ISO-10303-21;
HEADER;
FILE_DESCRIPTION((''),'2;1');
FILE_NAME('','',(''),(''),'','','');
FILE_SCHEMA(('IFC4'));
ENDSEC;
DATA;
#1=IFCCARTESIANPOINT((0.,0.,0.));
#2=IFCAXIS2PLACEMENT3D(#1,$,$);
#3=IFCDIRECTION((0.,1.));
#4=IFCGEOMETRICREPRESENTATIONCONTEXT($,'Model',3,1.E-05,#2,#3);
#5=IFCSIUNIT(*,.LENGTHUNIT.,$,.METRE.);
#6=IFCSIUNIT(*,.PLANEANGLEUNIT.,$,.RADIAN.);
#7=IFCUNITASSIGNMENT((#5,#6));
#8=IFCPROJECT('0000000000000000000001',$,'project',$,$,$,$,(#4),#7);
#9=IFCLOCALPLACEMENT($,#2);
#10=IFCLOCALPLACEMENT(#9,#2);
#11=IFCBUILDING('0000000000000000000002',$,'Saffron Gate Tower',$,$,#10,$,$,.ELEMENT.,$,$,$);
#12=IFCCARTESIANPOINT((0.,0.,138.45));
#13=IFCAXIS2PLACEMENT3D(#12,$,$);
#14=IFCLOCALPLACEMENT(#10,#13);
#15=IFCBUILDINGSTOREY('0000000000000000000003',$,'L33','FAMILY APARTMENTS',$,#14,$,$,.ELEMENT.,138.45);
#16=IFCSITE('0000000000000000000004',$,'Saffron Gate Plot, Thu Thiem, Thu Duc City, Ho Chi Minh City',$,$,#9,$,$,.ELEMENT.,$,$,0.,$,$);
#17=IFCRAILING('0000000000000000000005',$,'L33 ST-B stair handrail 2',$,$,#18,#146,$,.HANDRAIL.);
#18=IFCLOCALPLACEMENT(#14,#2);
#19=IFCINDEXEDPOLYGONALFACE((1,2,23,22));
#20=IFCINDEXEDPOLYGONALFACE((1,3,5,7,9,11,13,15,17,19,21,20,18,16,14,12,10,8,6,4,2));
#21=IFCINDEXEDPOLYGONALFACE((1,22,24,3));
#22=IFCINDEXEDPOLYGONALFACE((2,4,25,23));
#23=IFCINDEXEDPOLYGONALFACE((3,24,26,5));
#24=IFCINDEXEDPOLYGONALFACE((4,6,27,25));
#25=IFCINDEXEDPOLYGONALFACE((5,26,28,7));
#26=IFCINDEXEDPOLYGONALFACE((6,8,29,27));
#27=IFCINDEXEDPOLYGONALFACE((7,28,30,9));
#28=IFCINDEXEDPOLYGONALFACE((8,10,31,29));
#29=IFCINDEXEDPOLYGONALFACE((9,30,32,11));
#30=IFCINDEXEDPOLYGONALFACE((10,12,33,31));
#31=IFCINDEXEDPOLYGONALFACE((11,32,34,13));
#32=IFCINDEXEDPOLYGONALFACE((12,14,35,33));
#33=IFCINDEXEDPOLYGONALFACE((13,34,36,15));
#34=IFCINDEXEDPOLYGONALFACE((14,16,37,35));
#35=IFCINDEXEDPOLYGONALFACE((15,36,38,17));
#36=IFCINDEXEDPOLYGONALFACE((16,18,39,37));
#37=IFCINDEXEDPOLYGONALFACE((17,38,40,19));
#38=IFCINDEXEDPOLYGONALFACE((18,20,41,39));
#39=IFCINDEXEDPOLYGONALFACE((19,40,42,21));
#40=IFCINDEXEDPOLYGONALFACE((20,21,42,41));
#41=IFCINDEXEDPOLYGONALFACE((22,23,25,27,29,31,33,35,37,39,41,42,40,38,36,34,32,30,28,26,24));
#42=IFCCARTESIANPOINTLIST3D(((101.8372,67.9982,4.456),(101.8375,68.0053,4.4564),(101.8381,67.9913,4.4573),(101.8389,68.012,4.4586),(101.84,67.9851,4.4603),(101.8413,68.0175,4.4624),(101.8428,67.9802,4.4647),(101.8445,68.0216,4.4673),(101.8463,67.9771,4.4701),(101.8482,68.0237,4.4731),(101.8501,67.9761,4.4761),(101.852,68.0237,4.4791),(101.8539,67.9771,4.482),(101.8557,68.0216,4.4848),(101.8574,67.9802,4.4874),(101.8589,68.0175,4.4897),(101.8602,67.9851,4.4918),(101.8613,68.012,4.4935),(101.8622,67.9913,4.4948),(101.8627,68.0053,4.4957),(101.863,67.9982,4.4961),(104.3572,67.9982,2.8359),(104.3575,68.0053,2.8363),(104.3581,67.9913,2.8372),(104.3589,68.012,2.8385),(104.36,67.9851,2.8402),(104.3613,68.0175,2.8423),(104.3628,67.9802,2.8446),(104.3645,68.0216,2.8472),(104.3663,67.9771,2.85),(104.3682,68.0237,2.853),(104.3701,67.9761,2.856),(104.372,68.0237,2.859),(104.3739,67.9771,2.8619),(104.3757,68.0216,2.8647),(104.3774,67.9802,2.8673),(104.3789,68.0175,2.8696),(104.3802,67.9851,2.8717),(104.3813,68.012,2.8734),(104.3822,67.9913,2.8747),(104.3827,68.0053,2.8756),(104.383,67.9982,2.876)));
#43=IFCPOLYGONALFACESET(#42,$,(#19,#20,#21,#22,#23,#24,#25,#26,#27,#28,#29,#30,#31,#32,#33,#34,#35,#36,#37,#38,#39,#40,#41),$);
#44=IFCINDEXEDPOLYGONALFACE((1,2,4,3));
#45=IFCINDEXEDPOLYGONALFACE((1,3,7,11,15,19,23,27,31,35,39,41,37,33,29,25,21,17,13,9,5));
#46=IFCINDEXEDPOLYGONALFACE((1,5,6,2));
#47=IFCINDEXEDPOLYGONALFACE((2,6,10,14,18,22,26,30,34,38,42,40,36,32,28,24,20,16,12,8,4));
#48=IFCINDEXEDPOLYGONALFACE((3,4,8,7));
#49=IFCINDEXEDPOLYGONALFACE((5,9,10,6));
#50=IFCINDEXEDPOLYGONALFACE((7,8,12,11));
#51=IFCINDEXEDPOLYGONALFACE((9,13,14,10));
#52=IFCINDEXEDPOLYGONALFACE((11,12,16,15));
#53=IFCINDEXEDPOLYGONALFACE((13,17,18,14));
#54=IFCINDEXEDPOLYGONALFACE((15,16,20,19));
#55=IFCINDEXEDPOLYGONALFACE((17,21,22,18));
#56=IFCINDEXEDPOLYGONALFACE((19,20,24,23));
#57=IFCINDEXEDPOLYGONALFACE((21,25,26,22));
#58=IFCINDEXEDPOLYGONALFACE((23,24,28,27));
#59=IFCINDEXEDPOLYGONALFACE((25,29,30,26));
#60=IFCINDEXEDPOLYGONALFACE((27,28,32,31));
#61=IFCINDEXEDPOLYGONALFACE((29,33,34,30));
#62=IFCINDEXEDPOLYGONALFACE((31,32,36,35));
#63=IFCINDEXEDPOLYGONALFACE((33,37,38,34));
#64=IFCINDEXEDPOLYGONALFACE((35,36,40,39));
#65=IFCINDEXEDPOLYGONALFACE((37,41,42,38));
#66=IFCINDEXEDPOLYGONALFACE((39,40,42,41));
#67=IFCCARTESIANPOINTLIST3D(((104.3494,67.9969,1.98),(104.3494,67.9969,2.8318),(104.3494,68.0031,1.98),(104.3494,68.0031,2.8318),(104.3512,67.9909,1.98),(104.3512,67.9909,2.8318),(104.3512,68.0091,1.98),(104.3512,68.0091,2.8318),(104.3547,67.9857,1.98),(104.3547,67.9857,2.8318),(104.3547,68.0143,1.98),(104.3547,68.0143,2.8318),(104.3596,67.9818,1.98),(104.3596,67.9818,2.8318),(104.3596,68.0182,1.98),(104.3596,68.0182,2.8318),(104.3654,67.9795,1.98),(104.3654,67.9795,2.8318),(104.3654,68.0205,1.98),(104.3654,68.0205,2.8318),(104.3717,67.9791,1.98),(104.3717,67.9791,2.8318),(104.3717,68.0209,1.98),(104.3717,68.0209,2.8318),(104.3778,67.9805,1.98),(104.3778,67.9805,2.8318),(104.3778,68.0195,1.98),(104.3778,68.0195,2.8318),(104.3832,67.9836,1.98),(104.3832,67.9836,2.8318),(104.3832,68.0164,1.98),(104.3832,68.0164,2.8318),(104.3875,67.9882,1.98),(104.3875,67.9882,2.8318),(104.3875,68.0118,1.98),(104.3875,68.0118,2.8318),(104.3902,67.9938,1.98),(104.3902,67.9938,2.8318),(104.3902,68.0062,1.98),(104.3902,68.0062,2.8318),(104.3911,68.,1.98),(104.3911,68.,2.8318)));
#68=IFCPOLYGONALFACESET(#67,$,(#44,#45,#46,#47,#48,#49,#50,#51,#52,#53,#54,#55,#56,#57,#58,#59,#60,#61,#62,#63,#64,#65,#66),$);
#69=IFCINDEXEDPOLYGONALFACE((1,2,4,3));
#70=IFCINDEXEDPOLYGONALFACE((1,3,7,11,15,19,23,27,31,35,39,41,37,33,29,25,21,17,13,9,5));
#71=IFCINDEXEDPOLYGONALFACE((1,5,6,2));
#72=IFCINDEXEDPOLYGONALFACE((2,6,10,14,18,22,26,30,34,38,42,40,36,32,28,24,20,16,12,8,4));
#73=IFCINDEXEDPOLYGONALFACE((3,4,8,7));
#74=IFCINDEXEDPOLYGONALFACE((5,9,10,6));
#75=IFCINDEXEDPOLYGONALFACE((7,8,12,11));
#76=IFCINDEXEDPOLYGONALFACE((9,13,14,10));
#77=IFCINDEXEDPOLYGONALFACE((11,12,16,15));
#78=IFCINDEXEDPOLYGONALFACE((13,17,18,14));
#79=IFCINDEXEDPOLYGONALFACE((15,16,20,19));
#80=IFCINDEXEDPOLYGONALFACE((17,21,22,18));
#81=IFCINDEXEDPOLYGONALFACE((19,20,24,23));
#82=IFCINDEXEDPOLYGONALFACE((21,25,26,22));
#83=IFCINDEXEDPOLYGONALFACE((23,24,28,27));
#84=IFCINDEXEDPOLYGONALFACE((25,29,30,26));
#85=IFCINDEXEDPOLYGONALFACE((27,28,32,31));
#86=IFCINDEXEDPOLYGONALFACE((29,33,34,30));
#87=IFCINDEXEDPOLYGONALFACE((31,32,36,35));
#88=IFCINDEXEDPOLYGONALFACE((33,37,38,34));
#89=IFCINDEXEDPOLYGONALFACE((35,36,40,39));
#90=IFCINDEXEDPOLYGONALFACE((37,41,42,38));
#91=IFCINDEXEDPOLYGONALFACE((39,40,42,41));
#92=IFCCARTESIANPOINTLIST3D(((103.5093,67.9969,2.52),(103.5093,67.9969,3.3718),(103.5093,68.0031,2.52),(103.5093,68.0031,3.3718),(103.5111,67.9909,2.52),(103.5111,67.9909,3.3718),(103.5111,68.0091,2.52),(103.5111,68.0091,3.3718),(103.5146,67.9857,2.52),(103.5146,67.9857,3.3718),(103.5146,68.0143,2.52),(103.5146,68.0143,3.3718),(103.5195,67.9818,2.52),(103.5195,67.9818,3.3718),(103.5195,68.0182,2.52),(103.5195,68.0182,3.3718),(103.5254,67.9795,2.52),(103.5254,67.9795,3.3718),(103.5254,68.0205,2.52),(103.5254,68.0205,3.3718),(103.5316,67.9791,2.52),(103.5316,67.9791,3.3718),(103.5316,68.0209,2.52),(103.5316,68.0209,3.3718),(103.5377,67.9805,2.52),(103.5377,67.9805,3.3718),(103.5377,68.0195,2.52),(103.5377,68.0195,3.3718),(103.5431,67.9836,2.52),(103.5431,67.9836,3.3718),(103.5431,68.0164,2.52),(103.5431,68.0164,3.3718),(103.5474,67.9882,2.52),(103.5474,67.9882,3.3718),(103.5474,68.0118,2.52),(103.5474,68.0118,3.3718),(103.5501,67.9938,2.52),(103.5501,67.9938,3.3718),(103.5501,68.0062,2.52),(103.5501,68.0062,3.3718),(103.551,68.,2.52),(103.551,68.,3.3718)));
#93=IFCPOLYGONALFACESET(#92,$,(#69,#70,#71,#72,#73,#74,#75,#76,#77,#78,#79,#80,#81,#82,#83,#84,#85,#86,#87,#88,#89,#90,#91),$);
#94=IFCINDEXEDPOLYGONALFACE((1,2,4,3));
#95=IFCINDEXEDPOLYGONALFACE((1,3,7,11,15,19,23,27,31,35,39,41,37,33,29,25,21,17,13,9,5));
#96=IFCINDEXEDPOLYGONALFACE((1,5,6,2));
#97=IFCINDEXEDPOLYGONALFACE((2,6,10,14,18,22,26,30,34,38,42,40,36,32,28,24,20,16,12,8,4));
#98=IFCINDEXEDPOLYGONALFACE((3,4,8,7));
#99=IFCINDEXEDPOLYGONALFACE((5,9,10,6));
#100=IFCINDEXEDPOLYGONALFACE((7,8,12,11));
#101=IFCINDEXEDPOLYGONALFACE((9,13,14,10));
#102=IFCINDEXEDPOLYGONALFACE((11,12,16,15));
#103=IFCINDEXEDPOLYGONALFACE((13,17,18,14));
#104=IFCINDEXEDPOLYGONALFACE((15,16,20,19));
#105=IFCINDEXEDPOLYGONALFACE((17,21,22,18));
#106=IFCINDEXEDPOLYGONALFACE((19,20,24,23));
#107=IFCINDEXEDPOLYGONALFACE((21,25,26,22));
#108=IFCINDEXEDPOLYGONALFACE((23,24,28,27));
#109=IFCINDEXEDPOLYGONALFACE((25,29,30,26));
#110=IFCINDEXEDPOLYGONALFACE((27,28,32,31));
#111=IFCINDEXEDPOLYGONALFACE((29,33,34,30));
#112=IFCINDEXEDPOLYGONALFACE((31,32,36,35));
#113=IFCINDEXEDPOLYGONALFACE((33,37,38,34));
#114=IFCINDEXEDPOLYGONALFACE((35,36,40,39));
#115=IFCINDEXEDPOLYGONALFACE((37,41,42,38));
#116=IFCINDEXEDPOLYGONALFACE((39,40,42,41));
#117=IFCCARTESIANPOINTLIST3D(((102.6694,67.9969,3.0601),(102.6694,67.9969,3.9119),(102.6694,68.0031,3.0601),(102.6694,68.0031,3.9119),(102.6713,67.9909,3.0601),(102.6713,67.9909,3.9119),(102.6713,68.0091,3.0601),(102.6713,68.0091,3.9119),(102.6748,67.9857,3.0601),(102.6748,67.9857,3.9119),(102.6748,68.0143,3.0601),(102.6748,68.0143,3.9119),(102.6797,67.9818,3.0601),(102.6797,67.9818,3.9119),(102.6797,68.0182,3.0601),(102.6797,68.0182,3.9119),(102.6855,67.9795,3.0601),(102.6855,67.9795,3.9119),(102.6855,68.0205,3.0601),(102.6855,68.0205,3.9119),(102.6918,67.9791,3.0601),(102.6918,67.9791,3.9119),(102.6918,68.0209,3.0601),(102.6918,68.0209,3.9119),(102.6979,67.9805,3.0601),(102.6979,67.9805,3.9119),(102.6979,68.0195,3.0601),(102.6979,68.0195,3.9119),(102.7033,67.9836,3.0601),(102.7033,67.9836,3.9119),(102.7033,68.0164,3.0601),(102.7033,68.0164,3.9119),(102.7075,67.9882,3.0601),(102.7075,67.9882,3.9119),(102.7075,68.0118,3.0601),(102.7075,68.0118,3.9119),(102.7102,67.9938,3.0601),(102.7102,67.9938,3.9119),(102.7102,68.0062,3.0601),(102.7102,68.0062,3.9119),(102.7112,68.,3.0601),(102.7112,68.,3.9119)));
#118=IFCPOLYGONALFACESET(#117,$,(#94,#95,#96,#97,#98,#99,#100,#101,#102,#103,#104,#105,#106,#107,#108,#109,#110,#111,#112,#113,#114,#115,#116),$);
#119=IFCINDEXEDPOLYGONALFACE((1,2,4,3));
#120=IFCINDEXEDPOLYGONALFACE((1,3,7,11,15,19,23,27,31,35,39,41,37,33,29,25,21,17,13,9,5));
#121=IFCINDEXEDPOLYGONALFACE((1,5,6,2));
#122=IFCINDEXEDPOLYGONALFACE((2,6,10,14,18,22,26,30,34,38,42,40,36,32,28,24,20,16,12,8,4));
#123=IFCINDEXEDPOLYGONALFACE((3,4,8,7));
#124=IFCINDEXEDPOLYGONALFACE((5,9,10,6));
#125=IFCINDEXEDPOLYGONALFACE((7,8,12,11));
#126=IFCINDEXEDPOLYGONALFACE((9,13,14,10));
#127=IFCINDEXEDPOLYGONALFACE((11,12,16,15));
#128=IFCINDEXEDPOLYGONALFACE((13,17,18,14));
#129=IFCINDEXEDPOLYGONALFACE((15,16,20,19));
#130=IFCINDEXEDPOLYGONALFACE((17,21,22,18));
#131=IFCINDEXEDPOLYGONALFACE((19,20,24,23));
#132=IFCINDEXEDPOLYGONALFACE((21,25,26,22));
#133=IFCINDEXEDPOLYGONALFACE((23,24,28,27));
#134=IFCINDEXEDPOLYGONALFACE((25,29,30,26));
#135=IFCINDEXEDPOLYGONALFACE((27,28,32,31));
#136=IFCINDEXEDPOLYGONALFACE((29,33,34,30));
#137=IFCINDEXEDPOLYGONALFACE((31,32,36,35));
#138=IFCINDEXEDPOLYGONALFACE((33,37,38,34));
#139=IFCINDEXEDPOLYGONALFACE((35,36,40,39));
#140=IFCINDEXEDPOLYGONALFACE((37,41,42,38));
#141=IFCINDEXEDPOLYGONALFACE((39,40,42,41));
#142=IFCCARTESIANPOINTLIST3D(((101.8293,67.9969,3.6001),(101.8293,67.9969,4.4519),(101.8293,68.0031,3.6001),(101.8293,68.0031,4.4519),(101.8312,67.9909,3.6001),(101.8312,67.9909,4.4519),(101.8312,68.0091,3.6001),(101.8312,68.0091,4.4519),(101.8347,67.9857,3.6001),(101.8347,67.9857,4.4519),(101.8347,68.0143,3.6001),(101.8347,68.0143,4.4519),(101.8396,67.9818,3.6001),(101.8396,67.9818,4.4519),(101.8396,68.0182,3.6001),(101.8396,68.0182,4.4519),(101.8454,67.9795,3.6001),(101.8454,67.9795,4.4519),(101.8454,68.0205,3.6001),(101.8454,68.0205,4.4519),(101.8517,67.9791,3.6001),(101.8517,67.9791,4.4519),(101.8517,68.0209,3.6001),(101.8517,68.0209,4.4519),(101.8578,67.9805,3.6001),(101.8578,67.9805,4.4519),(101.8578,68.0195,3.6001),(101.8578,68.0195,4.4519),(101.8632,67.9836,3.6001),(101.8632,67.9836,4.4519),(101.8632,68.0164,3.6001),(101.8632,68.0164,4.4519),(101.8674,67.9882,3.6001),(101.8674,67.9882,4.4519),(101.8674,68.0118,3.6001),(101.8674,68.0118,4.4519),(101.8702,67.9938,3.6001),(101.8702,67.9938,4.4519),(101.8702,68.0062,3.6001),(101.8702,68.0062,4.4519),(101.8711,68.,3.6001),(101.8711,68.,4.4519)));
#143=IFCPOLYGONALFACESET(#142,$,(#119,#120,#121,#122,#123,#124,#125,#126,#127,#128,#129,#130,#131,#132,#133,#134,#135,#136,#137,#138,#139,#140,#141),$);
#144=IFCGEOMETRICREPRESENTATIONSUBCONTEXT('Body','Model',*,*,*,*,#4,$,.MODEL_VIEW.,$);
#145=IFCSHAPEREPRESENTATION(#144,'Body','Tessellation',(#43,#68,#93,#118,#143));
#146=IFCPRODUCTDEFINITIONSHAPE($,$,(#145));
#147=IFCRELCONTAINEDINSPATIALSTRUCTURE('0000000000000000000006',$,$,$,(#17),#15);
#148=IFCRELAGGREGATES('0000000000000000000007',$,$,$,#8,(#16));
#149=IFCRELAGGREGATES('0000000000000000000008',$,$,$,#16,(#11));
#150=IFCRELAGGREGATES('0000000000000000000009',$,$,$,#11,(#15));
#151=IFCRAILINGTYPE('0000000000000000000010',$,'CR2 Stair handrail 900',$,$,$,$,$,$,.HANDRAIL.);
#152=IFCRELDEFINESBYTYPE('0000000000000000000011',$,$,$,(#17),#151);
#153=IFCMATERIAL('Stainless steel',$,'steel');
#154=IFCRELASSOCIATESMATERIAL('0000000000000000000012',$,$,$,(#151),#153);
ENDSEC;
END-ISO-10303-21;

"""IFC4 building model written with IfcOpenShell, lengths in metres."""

from ifc_helpers import new_model, si_unit, direction, frame, origin, origin_2d, place, context, subcontext, project, spatial, circle, extrude, material, type_object, element, save


model = new_model("IFC4")

# Units and contexts
model_context = context("Model", 3, precision=1e-05, world=origin(), true_north=direction((0.0, 1.0)))
body_context = subcontext(model_context, "Body", "Model", "MODEL_VIEW")
ifc_project = project(units=[si_unit("LENGTHUNIT", "METRE"), si_unit("PLANEANGLEUNIT", "RADIAN")], contexts=[model_context])

# Site, building, storey
site_placement = place(None, origin())
site = spatial("IfcSite", under=ifc_project, at=site_placement, Name="Saffron Gate Plot, Thu Thiem, Thu Duc City, Ho Chi Minh City", CompositionType="ELEMENT", RefElevation=0.0)
building_placement = place(site_placement, origin())
building = spatial("IfcBuilding", under=site, at=building_placement, Name="Saffron Gate Tower", CompositionType="ELEMENT")
storey_placement = place(building_placement, frame((0.0, 0.0, 138.45)))
storey = spatial("IfcBuildingStorey", under=building, at=storey_placement, Name="L33", Description="FAMILY APARTMENTS", CompositionType="ELEMENT", Elevation=138.45)

# Railing
ifc_material_1 = material(Name="Stainless steel", Category="steel")
railing_type_1 = type_object("IfcRailingType", Name="CR2 Stair handrail 900", PredefinedType="HANDRAIL", material=ifc_material_1)
railing_1_placement = place(storey_placement, frame((104.3701, 68.0, 1.98)))
element("IfcRailing", 1, at=railing_1_placement, inside=storey, type_object=railing_type_1, Name="L33 ST-B stair handrail 2", PredefinedType="HANDRAIL", context=body_context, shape_type="SweptSolid", body=[
    extrude(circle(Radius=0.0239, at=origin_2d()), frame((0.0, 0.0, 0.876), z_axis=(-0.841163, 0.0, 0.540782), x_axis=(0.0, -1.0, 0.0)), (0.0, 0.0, 1.0), 2.9958),
    extrude(circle(Radius=0.021, at=origin_2d()), origin(), (0.0, 0.0, 1.0), 0.8518),
    extrude(circle(Radius=0.021, at=origin_2d()), frame((-0.8401, 0.0, 0.54)), (0.0, 0.0, 1.0), 0.8518),
    extrude(circle(Radius=0.021, at=origin_2d()), frame((-1.6799, 0.0, 1.0801)), (0.0, 0.0, 1.0), 0.8518),
    extrude(circle(Radius=0.021, at=origin_2d()), frame((-2.52, 0.0, 1.6201)), (0.0, 0.0, 1.0), 0.8518),
])

save(model, "model.ifc")
